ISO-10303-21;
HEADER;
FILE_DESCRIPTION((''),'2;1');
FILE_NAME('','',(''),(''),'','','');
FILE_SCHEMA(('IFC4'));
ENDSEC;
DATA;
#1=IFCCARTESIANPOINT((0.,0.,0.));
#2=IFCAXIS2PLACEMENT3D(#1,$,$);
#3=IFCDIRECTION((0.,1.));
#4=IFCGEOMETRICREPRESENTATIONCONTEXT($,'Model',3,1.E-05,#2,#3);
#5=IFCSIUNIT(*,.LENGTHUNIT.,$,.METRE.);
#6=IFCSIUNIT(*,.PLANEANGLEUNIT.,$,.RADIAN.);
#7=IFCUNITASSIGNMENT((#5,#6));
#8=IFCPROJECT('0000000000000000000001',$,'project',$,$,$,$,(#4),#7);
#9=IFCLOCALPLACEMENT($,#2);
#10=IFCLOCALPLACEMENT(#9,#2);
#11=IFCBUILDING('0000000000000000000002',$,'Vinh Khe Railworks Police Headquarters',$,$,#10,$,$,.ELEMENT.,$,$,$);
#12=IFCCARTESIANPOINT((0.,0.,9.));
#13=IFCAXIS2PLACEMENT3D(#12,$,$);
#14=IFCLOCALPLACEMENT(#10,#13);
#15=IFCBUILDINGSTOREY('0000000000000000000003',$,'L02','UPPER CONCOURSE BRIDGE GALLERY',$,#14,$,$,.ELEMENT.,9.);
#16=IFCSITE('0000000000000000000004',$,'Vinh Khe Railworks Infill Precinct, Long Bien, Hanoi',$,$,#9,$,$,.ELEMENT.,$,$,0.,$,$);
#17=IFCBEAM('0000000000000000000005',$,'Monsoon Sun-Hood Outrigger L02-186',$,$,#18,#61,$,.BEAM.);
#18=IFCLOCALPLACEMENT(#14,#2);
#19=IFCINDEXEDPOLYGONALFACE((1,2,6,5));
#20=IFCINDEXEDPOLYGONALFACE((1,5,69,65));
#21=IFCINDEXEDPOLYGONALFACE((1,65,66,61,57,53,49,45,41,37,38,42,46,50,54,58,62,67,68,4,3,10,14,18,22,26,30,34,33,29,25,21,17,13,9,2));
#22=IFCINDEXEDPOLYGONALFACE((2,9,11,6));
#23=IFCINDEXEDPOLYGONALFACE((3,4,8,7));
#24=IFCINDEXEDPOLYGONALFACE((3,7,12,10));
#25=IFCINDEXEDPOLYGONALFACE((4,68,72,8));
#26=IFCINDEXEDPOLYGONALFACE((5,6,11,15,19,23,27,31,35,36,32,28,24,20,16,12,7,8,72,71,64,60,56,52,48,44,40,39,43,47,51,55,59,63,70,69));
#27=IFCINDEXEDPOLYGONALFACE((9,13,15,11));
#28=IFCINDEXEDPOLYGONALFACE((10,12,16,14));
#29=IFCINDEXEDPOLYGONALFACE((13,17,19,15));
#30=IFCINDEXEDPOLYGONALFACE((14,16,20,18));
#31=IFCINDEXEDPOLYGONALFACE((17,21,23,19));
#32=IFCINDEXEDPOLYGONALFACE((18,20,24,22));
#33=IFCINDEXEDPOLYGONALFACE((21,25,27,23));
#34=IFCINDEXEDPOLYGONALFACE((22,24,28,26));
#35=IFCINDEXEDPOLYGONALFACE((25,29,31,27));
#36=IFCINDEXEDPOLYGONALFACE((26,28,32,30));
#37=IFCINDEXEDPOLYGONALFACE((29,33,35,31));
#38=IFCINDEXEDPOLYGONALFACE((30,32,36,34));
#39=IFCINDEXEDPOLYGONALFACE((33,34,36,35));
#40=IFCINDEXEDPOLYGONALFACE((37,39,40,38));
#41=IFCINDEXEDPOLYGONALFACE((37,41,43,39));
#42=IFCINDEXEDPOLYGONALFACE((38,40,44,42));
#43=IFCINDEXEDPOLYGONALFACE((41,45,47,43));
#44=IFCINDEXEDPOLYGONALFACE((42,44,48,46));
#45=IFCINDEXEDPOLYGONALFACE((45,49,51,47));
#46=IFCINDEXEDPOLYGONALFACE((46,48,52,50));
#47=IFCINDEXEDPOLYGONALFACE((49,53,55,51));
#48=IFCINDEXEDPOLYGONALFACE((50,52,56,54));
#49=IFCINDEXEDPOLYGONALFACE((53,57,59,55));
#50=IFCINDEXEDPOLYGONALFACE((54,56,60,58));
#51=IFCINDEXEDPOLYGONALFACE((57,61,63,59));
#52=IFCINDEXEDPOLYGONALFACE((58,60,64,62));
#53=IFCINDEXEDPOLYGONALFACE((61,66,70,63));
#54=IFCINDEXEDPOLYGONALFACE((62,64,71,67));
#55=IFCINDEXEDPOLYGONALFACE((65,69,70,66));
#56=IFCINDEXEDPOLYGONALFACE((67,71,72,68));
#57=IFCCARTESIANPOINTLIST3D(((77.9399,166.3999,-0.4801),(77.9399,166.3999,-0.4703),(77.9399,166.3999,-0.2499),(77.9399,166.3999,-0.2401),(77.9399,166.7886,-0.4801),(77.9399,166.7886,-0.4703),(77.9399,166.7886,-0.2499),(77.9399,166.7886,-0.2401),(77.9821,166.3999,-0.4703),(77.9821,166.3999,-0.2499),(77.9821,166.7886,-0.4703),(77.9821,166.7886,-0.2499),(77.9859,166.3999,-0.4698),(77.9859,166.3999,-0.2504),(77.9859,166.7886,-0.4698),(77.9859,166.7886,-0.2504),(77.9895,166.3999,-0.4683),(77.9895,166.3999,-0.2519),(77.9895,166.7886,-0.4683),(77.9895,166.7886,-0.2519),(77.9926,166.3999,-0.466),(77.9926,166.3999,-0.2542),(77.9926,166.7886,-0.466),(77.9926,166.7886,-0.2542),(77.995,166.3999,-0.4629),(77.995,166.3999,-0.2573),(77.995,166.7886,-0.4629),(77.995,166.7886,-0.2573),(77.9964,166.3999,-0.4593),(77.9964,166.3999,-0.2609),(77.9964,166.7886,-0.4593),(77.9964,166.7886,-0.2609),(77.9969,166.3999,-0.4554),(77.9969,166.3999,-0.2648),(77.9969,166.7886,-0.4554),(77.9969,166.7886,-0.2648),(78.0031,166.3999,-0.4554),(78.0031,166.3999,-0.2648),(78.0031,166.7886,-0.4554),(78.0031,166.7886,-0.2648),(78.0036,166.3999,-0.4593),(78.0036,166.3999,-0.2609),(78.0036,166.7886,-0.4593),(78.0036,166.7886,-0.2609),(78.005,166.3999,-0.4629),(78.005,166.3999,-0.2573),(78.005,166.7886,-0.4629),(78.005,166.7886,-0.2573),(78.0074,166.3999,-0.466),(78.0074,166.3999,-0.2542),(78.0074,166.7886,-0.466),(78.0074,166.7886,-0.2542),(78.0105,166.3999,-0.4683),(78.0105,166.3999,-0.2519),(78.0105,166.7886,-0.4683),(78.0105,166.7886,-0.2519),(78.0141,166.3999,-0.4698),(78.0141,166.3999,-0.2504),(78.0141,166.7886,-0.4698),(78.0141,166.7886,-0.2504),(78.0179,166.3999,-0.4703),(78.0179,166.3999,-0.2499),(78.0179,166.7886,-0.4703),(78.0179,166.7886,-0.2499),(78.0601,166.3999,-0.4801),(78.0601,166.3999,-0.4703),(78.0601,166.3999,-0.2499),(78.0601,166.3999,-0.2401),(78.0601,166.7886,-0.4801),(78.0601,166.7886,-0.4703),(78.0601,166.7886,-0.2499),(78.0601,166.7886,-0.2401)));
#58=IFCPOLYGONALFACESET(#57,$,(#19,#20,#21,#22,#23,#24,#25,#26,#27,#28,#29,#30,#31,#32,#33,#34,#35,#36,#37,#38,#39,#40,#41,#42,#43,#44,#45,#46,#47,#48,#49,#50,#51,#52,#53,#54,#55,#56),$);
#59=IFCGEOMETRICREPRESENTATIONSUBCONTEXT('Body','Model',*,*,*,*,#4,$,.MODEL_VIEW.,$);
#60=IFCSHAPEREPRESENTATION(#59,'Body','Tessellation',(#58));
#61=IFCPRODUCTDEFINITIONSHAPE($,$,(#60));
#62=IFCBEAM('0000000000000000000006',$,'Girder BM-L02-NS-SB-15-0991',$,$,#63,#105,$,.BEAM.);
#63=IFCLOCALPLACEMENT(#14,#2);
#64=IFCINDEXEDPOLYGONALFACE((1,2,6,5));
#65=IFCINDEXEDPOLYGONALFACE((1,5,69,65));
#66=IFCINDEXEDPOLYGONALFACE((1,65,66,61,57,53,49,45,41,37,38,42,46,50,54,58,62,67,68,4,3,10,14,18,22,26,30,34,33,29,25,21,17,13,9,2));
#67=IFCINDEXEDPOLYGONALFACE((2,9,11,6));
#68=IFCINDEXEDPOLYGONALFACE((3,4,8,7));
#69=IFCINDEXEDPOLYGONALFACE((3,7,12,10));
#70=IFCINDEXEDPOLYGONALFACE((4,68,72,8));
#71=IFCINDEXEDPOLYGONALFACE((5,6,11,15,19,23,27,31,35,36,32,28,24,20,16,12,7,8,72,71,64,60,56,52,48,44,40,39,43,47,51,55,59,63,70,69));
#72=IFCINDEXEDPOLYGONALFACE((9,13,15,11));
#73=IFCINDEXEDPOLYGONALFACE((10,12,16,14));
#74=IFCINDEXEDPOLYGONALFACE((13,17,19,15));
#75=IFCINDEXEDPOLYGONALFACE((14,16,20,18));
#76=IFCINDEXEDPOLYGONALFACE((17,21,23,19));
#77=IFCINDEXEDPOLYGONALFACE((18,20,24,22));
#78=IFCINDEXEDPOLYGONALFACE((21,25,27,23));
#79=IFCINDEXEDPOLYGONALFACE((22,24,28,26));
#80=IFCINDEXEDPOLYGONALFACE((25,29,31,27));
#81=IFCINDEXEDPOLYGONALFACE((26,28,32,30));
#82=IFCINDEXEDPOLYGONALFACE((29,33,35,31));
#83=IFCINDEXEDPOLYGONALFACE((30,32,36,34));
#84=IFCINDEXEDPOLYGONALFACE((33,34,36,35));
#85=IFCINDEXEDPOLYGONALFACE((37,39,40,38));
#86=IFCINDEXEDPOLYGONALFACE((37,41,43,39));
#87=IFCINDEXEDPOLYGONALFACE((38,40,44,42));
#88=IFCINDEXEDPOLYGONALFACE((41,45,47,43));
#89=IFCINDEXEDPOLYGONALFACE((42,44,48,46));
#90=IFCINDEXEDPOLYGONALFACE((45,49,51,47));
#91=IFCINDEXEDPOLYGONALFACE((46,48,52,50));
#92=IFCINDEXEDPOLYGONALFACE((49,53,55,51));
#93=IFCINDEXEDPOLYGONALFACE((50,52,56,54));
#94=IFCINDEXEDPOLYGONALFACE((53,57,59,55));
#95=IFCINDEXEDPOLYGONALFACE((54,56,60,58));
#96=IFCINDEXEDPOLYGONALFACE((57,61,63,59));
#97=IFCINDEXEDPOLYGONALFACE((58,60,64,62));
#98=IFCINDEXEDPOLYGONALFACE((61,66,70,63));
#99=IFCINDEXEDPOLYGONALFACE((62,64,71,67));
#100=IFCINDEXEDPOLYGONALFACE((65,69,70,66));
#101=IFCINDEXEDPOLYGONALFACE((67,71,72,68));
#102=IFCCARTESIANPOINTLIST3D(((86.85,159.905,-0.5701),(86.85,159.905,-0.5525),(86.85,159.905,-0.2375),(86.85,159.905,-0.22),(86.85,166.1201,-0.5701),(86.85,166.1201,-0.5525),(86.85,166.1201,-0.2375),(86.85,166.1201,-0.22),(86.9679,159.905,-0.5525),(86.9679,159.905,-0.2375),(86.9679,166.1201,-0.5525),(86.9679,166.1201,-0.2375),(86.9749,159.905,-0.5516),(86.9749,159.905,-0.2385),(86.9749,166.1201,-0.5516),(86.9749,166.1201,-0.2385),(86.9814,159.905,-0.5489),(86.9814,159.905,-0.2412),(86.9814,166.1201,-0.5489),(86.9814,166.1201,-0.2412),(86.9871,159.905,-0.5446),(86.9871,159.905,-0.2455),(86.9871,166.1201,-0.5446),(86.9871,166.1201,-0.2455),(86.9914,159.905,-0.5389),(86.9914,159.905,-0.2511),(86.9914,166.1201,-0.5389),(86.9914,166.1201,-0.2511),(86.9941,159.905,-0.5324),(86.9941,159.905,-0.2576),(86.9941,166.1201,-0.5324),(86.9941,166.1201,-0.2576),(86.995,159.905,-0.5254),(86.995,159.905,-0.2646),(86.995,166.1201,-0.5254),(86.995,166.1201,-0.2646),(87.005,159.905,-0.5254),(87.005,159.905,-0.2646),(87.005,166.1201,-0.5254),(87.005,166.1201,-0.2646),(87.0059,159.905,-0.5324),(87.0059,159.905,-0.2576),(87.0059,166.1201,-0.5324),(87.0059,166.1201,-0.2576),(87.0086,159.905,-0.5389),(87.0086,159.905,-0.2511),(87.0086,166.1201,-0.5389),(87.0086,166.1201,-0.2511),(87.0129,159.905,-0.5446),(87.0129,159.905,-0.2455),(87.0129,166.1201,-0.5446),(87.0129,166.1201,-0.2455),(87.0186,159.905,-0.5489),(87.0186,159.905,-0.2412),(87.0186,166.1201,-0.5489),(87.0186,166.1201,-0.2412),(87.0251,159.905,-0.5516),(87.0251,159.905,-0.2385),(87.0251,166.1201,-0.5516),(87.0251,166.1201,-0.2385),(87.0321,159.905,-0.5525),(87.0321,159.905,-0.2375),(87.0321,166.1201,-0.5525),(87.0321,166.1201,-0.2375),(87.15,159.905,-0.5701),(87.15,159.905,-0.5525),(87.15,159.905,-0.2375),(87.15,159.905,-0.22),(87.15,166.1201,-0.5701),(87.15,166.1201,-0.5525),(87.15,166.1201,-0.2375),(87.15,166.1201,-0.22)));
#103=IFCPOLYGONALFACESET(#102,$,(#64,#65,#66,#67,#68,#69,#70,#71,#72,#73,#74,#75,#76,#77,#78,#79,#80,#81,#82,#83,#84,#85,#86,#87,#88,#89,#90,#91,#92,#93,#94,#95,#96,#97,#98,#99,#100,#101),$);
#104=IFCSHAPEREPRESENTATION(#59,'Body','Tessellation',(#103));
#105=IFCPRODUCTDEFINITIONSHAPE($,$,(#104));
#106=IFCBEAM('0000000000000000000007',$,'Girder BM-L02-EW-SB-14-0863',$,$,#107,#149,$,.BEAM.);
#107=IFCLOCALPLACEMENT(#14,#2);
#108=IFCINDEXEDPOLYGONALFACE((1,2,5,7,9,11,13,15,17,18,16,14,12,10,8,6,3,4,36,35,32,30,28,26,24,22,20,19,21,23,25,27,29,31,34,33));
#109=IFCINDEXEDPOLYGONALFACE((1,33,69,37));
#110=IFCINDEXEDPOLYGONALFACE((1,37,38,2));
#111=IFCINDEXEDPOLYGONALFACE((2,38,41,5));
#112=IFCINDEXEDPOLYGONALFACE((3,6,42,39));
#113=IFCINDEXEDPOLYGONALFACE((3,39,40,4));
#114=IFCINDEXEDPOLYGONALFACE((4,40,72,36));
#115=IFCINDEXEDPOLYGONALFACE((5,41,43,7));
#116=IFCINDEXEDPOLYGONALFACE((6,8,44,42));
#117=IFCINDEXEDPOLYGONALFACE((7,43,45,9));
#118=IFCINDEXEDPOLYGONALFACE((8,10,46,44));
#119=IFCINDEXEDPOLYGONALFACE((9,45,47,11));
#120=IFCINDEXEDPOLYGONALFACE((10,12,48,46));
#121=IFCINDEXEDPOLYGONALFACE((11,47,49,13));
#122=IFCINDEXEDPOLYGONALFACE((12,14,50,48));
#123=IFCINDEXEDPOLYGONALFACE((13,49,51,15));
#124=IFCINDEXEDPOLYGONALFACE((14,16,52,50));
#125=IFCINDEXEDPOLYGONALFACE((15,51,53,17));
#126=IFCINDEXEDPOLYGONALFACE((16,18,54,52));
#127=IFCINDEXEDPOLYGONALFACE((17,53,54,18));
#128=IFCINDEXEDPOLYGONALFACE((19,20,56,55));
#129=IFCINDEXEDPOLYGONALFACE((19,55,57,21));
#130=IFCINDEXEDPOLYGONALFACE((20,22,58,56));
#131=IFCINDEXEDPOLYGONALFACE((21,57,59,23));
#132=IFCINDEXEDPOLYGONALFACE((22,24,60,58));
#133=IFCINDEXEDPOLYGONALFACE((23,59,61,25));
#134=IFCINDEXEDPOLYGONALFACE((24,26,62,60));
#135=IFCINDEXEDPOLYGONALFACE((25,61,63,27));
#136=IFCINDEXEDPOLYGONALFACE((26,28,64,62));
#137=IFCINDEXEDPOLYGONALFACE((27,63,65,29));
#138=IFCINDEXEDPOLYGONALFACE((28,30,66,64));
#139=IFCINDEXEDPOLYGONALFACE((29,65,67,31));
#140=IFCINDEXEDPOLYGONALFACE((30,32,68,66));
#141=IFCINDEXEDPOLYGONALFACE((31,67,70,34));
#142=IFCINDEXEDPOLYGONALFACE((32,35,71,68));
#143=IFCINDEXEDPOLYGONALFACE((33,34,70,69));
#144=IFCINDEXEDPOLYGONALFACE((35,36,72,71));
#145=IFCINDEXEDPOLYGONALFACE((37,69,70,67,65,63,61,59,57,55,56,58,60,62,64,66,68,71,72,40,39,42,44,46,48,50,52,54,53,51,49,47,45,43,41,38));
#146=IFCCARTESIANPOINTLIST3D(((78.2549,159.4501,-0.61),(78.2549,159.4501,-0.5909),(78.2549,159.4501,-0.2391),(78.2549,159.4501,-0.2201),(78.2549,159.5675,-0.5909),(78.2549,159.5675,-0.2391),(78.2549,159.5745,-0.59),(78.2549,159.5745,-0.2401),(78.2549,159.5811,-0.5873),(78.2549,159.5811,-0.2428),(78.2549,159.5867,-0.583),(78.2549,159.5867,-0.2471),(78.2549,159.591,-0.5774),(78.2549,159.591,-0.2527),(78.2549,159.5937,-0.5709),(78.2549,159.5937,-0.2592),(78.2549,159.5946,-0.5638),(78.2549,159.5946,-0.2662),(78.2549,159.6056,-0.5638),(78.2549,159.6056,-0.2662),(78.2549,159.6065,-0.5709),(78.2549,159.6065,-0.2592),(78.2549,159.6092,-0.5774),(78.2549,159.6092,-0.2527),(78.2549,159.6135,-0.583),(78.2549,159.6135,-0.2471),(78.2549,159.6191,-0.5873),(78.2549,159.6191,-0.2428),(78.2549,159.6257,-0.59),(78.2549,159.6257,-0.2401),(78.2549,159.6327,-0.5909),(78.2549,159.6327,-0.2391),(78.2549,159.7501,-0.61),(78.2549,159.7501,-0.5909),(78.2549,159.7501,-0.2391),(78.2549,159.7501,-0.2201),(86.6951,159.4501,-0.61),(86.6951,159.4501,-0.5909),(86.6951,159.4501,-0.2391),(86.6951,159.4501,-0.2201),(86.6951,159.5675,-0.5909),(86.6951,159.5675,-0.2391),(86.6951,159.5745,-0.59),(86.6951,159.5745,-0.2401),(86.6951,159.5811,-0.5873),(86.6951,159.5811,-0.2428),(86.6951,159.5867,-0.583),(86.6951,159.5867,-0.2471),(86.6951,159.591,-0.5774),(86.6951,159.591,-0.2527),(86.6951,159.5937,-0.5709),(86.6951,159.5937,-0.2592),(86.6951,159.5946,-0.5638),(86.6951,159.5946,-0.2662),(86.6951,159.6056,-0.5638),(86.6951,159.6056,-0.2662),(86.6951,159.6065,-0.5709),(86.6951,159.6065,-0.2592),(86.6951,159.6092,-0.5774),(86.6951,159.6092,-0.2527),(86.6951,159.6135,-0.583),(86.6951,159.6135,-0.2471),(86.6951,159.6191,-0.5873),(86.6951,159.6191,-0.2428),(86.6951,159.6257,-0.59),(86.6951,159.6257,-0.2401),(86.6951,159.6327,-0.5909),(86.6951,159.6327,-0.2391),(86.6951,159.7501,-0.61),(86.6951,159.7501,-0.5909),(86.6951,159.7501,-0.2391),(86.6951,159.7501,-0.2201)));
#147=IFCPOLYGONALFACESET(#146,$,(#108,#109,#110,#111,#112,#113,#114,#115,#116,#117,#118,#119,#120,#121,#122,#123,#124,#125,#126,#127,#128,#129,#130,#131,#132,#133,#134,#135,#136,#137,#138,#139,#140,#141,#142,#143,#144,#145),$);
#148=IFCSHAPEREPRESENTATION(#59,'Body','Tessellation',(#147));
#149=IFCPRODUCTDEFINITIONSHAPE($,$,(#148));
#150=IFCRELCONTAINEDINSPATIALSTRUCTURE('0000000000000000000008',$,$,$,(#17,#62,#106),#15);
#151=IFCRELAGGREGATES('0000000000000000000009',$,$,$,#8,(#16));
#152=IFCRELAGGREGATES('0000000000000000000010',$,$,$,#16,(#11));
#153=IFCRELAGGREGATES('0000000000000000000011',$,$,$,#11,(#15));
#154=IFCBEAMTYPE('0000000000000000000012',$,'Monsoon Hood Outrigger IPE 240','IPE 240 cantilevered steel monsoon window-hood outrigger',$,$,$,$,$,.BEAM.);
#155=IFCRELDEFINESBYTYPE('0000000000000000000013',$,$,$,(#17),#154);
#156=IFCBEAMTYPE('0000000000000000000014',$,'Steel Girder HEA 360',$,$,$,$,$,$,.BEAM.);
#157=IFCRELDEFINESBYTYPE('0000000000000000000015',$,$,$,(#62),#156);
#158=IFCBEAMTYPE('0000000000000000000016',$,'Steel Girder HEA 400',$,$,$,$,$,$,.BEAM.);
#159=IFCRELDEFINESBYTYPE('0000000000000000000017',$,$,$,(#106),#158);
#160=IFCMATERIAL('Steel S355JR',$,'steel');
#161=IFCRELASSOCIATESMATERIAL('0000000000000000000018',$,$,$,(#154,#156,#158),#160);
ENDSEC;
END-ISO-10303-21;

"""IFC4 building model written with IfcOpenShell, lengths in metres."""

from ifc_helpers import new_model, si_unit, direction, frame, origin, origin_2d, place, context, subcontext, project, spatial, i_section, extrude, material, material_profile, profile_set, type_object, element, save


model = new_model("IFC4")

# Units and contexts
model_context = context("Model", 3, precision=1e-05, world=origin(), true_north=direction((0.0, 1.0)))
body_context = subcontext(model_context, "Body", "Model", "MODEL_VIEW")
ifc_project = project(units=[si_unit("LENGTHUNIT", "METRE"), si_unit("PLANEANGLEUNIT", "RADIAN")], contexts=[model_context])

# Site, building, storey
site_placement = place(None, origin())
site = spatial("IfcSite", under=ifc_project, at=site_placement, Name="Vinh Khe Railworks Infill Precinct, Long Bien, Hanoi", CompositionType="ELEMENT", RefElevation=0.0)
building_placement = place(site_placement, origin())
building = spatial("IfcBuilding", under=site, at=building_placement, Name="Vinh Khe Railworks Police Headquarters", CompositionType="ELEMENT")
storey_placement = place(building_placement, frame((0.0, 0.0, 9.0)))
storey = spatial("IfcBuildingStorey", under=building, at=storey_placement, Name="L02", Description="UPPER CONCOURSE BRIDGE GALLERY", CompositionType="ELEMENT", Elevation=9.0)

# Shared definitions
ifc_material_1 = material(Name="Steel S355JR", Category="steel")

# Beams
ifc_material_profile_1 = material_profile(ifc_material_1, i_section(OverallWidth=0.1201, OverallDepth=0.24, WebThickness=0.0061, FlangeThickness=0.0098, FilletRadius=0.0149, at=origin_2d()), Name="IPE 240")
ifc_profile_set_1 = profile_set([ifc_material_profile_1], Name="Steel S355JR")
beam_type_1 = type_object("IfcBeamType", Name="Monsoon Hood Outrigger IPE 240", Description="IPE 240 cantilevered steel monsoon window-hood outrigger", PredefinedType="BEAM", material=ifc_profile_set_1)
beam_1_placement = place(storey_placement, frame((78.0, 166.3999, -0.3601), z_axis=(0.0, 1.0, 0.0), x_axis=(-1.0, 0.0, 0.0)))
element("IfcBeam", 1, at=beam_1_placement, inside=storey, type_object=beam_type_1, Name="Monsoon Sun-Hood Outrigger L02-186", PredefinedType="BEAM", context=body_context, shape_type="SweptSolid", body=[
    extrude(i_section(OverallWidth=0.1201, OverallDepth=0.24, WebThickness=0.0061, FlangeThickness=0.0098, FilletRadius=0.0149, at=origin_2d()), origin(), (0.0, 0.0, 1.0), 0.3887),
])
ifc_material_profile_2 = material_profile(ifc_material_1, i_section(OverallWidth=0.3, OverallDepth=0.3501, WebThickness=0.01, FlangeThickness=0.0176, FilletRadius=0.0271, at=origin_2d()), Name="HEA 360")
ifc_profile_set_2 = profile_set([ifc_material_profile_2], Name="Steel S355JR")
beam_type_2 = type_object("IfcBeamType", Name="Steel Girder HEA 360", PredefinedType="BEAM", material=ifc_profile_set_2)
beam_2_placement = place(storey_placement, frame((87.0, 159.905, -0.395), z_axis=(0.0, 1.0, 0.0), x_axis=(-1.0, 0.0, 0.0)))
element("IfcBeam", 2, at=beam_2_placement, inside=storey, type_object=beam_type_2, Name="Girder BM-L02-NS-SB-15-0991", PredefinedType="BEAM", context=body_context, shape_type="SweptSolid", body=[
    extrude(i_section(OverallWidth=0.3, OverallDepth=0.3501, WebThickness=0.01, FlangeThickness=0.0176, FilletRadius=0.0271, at=origin_2d()), origin(), (0.0, 0.0, 1.0), 6.2151),
])
ifc_material_profile_3 = material_profile(ifc_material_1, i_section(OverallWidth=0.3, OverallDepth=0.3899, WebThickness=0.011, FlangeThickness=0.019, FilletRadius=0.0271, at=origin_2d()), Name="HEA 400")
ifc_profile_set_3 = profile_set([ifc_material_profile_3], Name="Steel S355JR")
beam_type_3 = type_object("IfcBeamType", Name="Steel Girder HEA 400", PredefinedType="BEAM", material=ifc_profile_set_3)
beam_3_placement = place(storey_placement, frame((78.2549, 159.6001, -0.415), z_axis=(1.0, 0.0, 0.0), x_axis=(0.0, 1.0, 0.0)))
element("IfcBeam", 3, at=beam_3_placement, inside=storey, type_object=beam_type_3, Name="Girder BM-L02-EW-SB-14-0863", PredefinedType="BEAM", context=body_context, shape_type="SweptSolid", body=[
    extrude(i_section(OverallWidth=0.3, OverallDepth=0.3899, WebThickness=0.011, FlangeThickness=0.019, FilletRadius=0.0271, at=origin_2d()), origin(), (0.0, 0.0, 1.0), 8.4402),
])

save(model, "model.ifc")
